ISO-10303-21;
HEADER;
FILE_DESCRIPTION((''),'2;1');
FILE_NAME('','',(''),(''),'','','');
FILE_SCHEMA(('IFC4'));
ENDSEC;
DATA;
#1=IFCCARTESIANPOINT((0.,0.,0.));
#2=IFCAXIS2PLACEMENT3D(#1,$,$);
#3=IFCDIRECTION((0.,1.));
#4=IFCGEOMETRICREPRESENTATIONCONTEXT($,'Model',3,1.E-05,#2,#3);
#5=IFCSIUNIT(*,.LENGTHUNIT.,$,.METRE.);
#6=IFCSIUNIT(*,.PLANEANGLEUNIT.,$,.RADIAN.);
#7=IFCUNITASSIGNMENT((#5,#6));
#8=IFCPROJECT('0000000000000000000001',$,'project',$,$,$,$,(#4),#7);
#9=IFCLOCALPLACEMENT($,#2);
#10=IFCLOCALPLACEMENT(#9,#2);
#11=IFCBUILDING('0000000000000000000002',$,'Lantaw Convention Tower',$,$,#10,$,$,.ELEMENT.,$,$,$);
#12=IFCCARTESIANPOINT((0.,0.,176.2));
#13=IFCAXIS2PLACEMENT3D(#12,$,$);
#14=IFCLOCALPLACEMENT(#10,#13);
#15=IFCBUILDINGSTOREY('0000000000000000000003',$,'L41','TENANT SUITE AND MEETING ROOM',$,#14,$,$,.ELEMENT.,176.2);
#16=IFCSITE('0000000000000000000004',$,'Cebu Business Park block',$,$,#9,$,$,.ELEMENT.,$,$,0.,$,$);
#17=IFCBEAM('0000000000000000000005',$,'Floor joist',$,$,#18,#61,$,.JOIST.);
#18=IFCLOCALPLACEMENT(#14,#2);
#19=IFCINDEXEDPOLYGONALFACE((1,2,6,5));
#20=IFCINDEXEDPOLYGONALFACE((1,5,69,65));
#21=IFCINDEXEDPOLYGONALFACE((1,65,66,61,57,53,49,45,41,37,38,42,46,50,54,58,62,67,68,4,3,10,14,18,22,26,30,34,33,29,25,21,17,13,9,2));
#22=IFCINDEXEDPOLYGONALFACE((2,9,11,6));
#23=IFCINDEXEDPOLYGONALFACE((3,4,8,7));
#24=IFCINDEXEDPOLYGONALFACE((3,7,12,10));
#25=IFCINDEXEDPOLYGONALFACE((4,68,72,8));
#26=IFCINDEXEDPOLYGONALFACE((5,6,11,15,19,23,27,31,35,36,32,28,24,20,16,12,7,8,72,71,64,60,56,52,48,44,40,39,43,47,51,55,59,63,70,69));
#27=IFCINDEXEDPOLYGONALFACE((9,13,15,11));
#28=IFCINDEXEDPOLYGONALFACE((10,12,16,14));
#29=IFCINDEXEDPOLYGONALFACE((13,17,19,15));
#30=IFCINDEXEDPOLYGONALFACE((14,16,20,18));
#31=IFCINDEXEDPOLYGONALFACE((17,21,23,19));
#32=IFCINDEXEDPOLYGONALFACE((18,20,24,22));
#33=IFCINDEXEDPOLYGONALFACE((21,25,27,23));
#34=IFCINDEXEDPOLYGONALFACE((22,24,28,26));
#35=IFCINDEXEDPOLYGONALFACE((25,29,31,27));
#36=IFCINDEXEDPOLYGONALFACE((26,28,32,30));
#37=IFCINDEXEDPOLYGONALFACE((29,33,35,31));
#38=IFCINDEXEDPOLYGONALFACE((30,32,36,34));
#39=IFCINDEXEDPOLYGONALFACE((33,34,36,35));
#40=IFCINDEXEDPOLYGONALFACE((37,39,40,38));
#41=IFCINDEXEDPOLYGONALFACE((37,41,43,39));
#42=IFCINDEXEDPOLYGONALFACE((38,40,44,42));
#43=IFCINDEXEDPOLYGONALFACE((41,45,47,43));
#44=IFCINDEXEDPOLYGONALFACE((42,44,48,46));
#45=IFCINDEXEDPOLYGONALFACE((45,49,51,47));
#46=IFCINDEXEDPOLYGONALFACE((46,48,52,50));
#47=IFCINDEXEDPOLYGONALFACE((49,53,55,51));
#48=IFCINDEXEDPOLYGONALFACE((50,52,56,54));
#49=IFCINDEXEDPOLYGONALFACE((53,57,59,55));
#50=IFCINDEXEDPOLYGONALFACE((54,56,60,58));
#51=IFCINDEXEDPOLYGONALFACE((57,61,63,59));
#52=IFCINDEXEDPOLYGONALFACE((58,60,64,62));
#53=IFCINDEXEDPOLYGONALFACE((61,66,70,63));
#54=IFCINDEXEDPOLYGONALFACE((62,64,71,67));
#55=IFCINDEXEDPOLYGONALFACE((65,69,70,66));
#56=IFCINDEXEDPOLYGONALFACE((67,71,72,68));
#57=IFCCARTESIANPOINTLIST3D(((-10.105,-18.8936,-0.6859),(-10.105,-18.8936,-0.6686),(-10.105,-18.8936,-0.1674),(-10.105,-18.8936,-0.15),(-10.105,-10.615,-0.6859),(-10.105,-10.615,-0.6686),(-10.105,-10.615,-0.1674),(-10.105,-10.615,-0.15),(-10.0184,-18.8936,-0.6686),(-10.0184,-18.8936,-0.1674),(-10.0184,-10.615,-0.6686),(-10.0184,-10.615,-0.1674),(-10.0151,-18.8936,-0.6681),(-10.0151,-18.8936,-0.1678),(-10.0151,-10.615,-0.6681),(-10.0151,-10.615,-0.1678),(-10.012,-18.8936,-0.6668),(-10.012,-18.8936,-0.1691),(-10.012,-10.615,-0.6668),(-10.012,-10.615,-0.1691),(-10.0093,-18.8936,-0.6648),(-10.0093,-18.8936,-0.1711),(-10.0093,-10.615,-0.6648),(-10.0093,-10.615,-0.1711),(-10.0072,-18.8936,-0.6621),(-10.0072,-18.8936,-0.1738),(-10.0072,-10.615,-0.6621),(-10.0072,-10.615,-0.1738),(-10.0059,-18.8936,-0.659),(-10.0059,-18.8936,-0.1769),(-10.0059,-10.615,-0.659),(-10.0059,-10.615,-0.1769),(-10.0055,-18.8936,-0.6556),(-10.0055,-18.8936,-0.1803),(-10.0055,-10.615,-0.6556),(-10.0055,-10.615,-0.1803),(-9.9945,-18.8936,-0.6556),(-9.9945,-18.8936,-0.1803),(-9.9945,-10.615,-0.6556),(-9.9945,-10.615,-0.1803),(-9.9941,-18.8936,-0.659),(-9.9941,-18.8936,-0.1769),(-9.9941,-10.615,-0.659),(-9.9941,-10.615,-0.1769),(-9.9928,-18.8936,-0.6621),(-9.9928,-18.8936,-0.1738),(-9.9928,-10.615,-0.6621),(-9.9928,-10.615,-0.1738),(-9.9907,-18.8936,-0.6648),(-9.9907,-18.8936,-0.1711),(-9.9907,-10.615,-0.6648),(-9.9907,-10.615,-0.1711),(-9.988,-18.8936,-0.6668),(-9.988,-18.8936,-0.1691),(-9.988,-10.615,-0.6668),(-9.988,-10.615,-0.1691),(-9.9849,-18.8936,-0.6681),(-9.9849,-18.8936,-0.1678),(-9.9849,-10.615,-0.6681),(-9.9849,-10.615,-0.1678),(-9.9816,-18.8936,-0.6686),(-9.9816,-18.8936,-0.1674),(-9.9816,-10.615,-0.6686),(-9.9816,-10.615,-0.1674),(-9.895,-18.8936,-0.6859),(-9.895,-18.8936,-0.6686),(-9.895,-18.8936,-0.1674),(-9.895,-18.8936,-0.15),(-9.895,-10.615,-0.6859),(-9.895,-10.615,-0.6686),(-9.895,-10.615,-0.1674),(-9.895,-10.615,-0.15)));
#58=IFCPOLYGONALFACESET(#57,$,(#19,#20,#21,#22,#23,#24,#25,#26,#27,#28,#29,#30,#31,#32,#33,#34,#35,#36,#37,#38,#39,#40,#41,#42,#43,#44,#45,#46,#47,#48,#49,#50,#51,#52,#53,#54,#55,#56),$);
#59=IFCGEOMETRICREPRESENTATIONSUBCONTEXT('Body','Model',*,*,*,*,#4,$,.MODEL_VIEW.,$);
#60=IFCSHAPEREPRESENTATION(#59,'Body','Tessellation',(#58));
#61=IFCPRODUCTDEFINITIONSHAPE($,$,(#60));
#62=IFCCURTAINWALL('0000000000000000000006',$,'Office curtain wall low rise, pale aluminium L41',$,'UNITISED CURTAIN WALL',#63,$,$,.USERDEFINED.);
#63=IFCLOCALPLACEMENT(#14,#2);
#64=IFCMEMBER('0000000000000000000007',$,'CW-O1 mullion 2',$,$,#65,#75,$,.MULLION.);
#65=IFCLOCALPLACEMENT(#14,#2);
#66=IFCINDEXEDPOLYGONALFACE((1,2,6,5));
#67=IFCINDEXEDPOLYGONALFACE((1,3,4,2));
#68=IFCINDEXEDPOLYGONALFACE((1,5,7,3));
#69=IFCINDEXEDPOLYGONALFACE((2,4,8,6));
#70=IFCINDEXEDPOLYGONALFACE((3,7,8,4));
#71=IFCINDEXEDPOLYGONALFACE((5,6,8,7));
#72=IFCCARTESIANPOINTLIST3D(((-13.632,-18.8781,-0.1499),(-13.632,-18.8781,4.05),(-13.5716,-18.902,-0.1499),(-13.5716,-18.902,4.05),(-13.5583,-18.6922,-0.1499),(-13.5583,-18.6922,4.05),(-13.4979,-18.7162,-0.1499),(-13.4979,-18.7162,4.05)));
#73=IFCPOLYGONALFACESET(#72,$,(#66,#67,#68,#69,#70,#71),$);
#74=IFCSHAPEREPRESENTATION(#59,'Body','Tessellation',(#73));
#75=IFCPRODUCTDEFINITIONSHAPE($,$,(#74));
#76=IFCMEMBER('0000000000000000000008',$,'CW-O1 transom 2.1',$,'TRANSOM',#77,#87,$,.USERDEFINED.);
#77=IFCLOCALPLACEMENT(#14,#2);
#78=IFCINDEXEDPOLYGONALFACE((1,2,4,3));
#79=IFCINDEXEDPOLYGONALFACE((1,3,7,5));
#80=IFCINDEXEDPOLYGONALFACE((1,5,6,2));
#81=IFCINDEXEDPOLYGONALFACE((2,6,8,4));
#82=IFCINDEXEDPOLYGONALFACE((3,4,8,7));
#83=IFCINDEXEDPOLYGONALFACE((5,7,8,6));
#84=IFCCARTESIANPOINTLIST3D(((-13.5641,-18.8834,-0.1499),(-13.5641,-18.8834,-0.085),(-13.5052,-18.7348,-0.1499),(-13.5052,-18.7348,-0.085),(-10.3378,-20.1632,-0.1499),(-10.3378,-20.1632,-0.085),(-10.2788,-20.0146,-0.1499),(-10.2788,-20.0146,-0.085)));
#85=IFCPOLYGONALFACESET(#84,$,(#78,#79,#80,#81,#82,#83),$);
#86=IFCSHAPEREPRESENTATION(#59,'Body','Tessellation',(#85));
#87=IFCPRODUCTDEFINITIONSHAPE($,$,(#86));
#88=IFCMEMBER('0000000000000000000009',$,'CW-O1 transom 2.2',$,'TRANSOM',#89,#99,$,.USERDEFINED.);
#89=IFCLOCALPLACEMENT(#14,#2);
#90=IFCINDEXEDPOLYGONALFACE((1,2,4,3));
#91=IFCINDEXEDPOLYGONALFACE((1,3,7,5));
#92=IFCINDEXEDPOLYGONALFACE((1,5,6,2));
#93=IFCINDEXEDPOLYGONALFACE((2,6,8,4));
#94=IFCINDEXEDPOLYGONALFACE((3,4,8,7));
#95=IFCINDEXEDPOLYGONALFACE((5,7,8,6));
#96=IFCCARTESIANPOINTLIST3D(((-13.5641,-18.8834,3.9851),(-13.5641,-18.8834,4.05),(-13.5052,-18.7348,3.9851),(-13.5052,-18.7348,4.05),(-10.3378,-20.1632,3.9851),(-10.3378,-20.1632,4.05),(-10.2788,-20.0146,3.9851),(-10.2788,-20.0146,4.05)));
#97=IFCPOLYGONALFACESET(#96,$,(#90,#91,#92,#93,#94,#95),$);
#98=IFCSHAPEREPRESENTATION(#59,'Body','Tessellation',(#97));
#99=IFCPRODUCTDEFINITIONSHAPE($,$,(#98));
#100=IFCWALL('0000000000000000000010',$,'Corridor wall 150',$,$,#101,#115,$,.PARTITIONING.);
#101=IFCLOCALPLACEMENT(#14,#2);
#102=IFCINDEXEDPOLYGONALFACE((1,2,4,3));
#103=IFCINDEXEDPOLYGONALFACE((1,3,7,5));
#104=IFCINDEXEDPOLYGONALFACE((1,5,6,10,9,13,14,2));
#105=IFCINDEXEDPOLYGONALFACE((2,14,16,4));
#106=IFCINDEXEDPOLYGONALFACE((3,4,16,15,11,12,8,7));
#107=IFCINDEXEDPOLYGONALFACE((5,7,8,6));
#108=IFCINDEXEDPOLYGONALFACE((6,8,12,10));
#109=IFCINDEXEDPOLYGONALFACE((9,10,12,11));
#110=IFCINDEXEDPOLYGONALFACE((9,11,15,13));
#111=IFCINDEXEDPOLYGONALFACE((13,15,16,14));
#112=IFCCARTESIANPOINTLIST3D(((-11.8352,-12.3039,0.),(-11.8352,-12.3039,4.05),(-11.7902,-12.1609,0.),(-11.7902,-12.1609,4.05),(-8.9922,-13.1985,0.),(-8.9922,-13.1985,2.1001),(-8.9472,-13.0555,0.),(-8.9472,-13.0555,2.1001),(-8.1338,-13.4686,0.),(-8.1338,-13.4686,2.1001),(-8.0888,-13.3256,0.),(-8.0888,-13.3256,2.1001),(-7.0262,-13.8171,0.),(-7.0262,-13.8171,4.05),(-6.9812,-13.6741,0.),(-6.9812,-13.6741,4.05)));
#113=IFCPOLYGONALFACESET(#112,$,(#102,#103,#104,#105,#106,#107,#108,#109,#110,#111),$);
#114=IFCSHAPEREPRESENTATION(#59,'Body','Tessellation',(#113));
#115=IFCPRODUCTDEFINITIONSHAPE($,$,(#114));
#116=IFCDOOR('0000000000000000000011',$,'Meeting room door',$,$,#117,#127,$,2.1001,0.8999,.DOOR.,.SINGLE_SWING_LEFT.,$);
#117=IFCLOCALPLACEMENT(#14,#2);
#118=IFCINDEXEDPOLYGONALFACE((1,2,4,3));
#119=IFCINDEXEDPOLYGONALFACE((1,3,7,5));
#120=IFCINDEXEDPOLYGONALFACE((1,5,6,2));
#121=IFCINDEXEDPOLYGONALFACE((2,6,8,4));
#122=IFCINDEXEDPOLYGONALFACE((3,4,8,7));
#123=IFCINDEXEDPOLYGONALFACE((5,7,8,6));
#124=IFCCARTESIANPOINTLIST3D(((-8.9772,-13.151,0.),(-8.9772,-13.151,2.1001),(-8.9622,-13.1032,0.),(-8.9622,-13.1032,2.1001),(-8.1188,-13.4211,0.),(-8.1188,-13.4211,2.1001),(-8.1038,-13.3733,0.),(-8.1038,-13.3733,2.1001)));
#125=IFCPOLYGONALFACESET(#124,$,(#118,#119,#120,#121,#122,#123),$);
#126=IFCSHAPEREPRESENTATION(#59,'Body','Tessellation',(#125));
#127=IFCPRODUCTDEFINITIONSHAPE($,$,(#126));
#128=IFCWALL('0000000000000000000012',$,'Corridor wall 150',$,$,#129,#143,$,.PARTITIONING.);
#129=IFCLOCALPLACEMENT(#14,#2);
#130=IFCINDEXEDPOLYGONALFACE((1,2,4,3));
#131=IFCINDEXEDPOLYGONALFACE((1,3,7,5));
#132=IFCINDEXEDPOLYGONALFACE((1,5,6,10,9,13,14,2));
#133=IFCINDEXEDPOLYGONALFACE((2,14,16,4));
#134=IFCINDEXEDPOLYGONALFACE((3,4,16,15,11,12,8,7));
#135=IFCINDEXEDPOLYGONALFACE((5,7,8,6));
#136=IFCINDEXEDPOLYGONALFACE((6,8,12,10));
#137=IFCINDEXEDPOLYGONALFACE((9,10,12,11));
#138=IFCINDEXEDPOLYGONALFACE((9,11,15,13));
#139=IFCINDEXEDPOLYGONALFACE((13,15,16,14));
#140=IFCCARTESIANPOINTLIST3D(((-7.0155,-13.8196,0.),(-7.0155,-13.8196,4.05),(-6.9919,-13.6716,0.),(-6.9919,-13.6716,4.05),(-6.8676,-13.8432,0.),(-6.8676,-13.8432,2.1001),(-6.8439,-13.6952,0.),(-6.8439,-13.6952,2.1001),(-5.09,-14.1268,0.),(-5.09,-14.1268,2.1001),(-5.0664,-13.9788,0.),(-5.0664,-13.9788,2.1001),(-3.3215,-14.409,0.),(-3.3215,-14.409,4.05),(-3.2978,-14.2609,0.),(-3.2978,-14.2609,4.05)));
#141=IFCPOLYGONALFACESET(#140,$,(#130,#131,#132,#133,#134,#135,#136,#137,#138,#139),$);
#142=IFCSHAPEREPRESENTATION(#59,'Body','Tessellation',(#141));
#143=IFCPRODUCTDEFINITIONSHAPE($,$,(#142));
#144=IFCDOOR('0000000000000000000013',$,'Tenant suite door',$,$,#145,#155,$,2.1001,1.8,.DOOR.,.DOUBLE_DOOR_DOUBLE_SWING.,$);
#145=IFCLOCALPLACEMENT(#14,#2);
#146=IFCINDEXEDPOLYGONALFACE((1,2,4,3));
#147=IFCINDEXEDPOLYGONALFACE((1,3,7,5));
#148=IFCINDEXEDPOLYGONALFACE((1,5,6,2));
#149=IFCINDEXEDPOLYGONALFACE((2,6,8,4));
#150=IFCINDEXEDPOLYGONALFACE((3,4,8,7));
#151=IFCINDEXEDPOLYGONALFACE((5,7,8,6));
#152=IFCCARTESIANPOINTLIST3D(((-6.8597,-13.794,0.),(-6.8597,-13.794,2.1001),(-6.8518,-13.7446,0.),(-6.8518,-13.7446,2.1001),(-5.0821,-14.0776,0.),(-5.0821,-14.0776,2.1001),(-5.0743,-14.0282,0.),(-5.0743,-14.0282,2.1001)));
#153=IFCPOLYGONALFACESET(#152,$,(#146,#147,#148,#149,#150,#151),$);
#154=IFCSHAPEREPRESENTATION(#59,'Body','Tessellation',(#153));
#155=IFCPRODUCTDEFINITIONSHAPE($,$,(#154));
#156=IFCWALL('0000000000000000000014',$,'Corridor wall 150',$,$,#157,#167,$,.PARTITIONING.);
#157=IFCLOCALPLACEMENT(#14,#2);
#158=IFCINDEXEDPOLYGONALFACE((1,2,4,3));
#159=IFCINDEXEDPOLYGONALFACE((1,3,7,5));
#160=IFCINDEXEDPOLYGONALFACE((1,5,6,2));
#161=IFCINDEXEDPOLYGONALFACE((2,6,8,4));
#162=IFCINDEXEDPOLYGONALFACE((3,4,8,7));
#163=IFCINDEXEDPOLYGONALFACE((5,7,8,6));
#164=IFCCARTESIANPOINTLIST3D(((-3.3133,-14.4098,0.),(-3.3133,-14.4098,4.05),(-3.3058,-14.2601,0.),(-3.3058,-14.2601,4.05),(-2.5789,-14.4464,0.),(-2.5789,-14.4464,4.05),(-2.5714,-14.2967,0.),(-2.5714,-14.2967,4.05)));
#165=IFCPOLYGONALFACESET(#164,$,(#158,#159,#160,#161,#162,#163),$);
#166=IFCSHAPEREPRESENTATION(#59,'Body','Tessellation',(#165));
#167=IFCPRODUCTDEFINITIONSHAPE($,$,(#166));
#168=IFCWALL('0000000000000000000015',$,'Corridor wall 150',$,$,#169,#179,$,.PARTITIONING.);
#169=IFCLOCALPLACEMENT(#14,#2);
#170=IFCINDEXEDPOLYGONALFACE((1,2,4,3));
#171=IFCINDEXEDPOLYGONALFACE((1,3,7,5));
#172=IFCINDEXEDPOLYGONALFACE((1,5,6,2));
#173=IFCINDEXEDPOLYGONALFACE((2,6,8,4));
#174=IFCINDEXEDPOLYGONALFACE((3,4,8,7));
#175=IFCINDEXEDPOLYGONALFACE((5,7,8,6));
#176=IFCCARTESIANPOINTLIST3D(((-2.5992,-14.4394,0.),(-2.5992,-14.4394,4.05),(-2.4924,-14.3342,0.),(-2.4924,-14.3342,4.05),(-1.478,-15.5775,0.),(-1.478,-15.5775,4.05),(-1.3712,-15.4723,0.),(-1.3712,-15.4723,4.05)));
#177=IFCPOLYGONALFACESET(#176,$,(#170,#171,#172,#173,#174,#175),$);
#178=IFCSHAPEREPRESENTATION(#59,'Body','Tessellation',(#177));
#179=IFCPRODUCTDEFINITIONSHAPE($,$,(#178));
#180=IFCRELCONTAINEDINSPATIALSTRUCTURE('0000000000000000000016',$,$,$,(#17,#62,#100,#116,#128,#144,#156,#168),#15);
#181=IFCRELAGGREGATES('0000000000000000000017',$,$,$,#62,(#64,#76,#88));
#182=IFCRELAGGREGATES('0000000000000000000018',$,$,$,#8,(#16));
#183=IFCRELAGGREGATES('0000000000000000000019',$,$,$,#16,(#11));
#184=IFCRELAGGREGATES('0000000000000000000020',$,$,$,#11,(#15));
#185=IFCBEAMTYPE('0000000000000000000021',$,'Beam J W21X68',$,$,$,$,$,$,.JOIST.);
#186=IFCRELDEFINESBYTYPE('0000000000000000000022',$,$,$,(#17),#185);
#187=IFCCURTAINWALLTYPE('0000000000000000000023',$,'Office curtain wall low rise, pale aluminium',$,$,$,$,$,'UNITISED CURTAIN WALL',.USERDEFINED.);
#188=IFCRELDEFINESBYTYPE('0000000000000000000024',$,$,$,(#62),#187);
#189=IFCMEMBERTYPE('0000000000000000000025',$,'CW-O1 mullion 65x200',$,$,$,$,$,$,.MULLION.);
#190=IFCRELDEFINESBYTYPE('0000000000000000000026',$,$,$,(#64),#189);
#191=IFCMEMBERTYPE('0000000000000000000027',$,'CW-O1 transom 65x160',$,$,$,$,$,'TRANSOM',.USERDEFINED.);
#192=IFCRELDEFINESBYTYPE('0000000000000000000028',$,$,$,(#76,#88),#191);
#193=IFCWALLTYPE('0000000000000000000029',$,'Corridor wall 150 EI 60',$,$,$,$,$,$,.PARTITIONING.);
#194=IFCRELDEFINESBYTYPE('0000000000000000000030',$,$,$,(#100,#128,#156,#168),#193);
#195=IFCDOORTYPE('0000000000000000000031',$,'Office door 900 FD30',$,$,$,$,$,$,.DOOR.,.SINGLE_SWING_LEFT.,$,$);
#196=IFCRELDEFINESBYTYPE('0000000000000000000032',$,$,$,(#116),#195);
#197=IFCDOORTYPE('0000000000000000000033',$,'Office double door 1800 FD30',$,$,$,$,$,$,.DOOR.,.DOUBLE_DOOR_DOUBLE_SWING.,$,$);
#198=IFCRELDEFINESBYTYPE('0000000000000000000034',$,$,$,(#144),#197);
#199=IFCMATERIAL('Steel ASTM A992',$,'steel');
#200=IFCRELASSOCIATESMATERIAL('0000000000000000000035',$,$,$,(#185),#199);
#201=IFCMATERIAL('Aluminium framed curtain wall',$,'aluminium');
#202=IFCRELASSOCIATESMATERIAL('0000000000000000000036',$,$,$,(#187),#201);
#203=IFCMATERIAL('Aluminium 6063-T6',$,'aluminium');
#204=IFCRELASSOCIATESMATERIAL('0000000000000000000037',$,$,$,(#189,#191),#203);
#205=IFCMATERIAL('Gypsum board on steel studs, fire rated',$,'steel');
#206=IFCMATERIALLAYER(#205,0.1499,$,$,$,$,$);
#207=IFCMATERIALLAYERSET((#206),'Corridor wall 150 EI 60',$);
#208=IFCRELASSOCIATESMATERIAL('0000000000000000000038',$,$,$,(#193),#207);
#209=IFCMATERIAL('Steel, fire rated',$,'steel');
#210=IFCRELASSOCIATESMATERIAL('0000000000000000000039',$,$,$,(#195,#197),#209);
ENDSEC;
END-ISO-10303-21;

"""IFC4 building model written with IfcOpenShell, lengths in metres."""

from ifc_helpers import new_model, si_unit, direction, frame, frame_2d, origin, origin_2d, place, context, subcontext, project, spatial, rectangle, i_section, extrude, material, layer, layer_set, material_profile, profile_set, type_object, element, fill, aggregate, save


model = new_model("IFC4")

# Units and contexts
model_context = context("Model", 3, precision=1e-05, world=origin(), true_north=direction((0.0, 1.0)))
body_context = subcontext(model_context, "Body", "Model", "MODEL_VIEW")
ifc_project = project(units=[si_unit("LENGTHUNIT", "METRE"), si_unit("PLANEANGLEUNIT", "RADIAN")], contexts=[model_context])

# Site, building, storey
site_placement = place(None, origin())
site = spatial("IfcSite", under=ifc_project, at=site_placement, Name="Cebu Business Park block", CompositionType="ELEMENT", RefElevation=0.0)
building_placement = place(site_placement, origin())
building = spatial("IfcBuilding", under=site, at=building_placement, Name="Lantaw Convention Tower", CompositionType="ELEMENT")
storey_placement = place(building_placement, frame((0.0, 0.0, 176.2)))
storey = spatial("IfcBuildingStorey", under=building, at=storey_placement, Name="L41", Description="TENANT SUITE AND MEETING ROOM", CompositionType="ELEMENT", Elevation=176.2)

# Beam
ifc_material_1 = material(Name="Steel ASTM A992", Category="steel")
ifc_material_profile_1 = material_profile(ifc_material_1, i_section(OverallWidth=0.21, OverallDepth=0.5359, WebThickness=0.011, FlangeThickness=0.0173, FilletRadius=0.0129, at=origin_2d()), Name="W21X68")
ifc_profile_set_1 = profile_set([ifc_material_profile_1], Name="Steel ASTM A992")
beam_type_1 = type_object("IfcBeamType", Name="Beam J W21X68", PredefinedType="JOIST", material=ifc_profile_set_1)
beam_1_placement = place(storey_placement, frame((-10.0, -18.8936, -0.418), z_axis=(0.0, 1.0, 0.0), x_axis=(-1.0, 0.0, 0.0)))
element("IfcBeam", 1, at=beam_1_placement, inside=storey, type_object=beam_type_1, Name="Floor joist", PredefinedType="JOIST", context=body_context, shape_type="SweptSolid", body=[
    extrude(i_section(OverallWidth=0.21, OverallDepth=0.5359, WebThickness=0.011, FlangeThickness=0.0173, FilletRadius=0.0129, at=origin_2d()), origin(), (0.0, 0.0, 1.0), 8.2786),
])

# Curtain wall, members
ifc_material_2 = material(Name="Aluminium framed curtain wall", Category="aluminium")
curtain_wall_type = type_object("IfcCurtainWallType", Name="Office curtain wall low rise, pale aluminium", ElementType="UNITISED CURTAIN WALL", PredefinedType="USERDEFINED", material=ifc_material_2)
curtain_wall_placement = place(storey_placement, origin())
curtain_wall = element("IfcCurtainWall", 2, at=curtain_wall_placement, inside=storey, type_object=curtain_wall_type, Name="Office curtain wall low rise, pale aluminium L41", ObjectType="UNITISED CURTAIN WALL", PredefinedType="USERDEFINED")
ifc_material_3 = material(Name="Aluminium 6063-T6", Category="aluminium")
ifc_material_profile_2 = material_profile(ifc_material_3, rectangle(XDim=0.2, YDim=0.0649, at=origin_2d()), Name="CW-O1 mullion 65x200")
ifc_profile_set_2 = profile_set([ifc_material_profile_2], Name="Aluminium 6063-T6")
member_type_1 = type_object("IfcMemberType", Name="CW-O1 mullion 65x200", PredefinedType="MULLION", material=ifc_profile_set_2)
member_1_placement = place(storey_placement, frame((-13.5649, -18.7971, -0.1499), z_axis=(0.0, 0.0, 1.0), x_axis=(0.368702, 0.929548, 0.0)))
member_1 = element("IfcMember", 3, at=member_1_placement, type_object=member_type_1, Name="CW-O1 mullion 2", PredefinedType="MULLION", context=body_context, shape_type="SweptSolid", body=[
    extrude(rectangle(XDim=0.2, YDim=0.0649, at=origin_2d()), origin(), (0.0, 0.0, 1.0), 4.2),
])
ifc_material_profile_3 = material_profile(ifc_material_3, rectangle(XDim=0.1599, YDim=0.0649, at=origin_2d()), Name="CW-O1 transom 65x160")
ifc_profile_set_3 = profile_set([ifc_material_profile_3], Name="Aluminium 6063-T6")
member_type_2 = type_object("IfcMemberType", Name="CW-O1 transom 65x160", ElementType="TRANSOM", PredefinedType="USERDEFINED", material=ifc_profile_set_3)
member_2_placement = place(storey_placement, frame((-13.5347, -18.8091, -0.1174), z_axis=(0.92954, -0.368721, 0.0), x_axis=(0.368721, 0.92954, 0.0)))
member_2 = element("IfcMember", 4, at=member_2_placement, type_object=member_type_2, Name="CW-O1 transom 2.1", ObjectType="TRANSOM", PredefinedType="USERDEFINED", context=body_context, shape_type="SweptSolid", body=[
    extrude(rectangle(XDim=0.1599, YDim=0.0649, at=origin_2d()), origin(), (0.0, 0.0, 1.0), 3.4709),
])
member_3_placement = place(storey_placement, frame((-13.5347, -18.8091, 4.0176), z_axis=(0.92954, -0.368721, 0.0), x_axis=(0.368721, 0.92954, 0.0)))
member_3 = element("IfcMember", 5, at=member_3_placement, type_object=member_type_2, Name="CW-O1 transom 2.2", ObjectType="TRANSOM", PredefinedType="USERDEFINED", context=body_context, shape_type="SweptSolid", body=[
    extrude(rectangle(XDim=0.1599, YDim=0.0649, at=origin_2d()), origin(), (0.0, 0.0, 1.0), 3.4709),
])
aggregate(curtain_wall, [member_1, member_2, member_3])

# Walls, openings, doors
ifc_material_4 = material(Name="Gypsum board on steel studs, fire rated", Category="steel")
ifc_layer_1 = layer(ifc_material_4, 0.1499)
ifc_layer_set_1 = layer_set([ifc_layer_1], Name="Corridor wall 150 EI 60")
wall_type_1 = type_object("IfcWallType", Name="Corridor wall 150 EI 60", PredefinedType="PARTITIONING", material=ifc_layer_set_1)
wall_1_placement = place(storey_placement, frame((-11.8127, -12.2324, 0.0), z_axis=(0.0, 0.0, 1.0), x_axis=(0.953894, -0.300144, 0.0)))
wall_1 = element("IfcWall", 6, at=wall_1_placement, inside=storey, type_object=wall_type_1, Name="Corridor wall 150", PredefinedType="PARTITIONING", context=body_context, shape_type="SweptSolid", body=[
    extrude(rectangle(XDim=5.0415, YDim=0.1499, at=frame_2d((2.5208, 0.0))), origin(), (0.0, 0.0, 1.0), 4.05),
])
opening_1_placement = place(wall_1_placement, frame((2.9805, 0.0, 0.0)))
opening_1 = element("IfcOpeningElement", 7, at=opening_1_placement, cuts=wall_1, PredefinedType="OPENING", context=body_context, shape_type="SweptSolid", body=[
    extrude(rectangle(XDim=0.8999, YDim=2.1001, at=frame_2d((0.45, 1.05))), frame((0.0, 0.085, 0.0), z_axis=(0.0, -1.0, 0.0), x_axis=(1.0, 0.0, 0.0)), (0.0, 0.0, 1.0), 0.1699),
])
ifc_material_5 = material(Name="Steel, fire rated", Category="steel")
door_type_1 = type_object("IfcDoorType", Name="Office door 900 FD30", OperationType="SINGLE_SWING_LEFT", PredefinedType="DOOR", material=ifc_material_5)
door_1_placement = place(opening_1_placement, origin())
door_1 = element("IfcDoor", 8, at=door_1_placement, inside=storey, type_object=door_type_1, Name="Meeting room door", OperationType="SINGLE_SWING_LEFT", OverallHeight=2.1001, OverallWidth=0.8999, PredefinedType="DOOR", context=body_context, shape_type="SweptSolid", body=[
    extrude(rectangle(XDim=0.8999, YDim=2.1001, at=frame_2d((0.45, 1.05))), frame((0.0, 0.0249, 0.0), z_axis=(0.0, -1.0, 0.0), x_axis=(1.0, 0.0, 0.0)), (0.0, 0.0, 1.0), 0.05),
])
fill(opening_1, door_1)
wall_2_placement = place(storey_placement, frame((-7.0037, -13.7456, 0.0), z_axis=(0.0, 0.0, 1.0), x_axis=(0.987511, -0.157548, 0.0)))
wall_2 = element("IfcWall", 9, at=wall_2_placement, inside=storey, type_object=wall_type_1, Name="Corridor wall 150", PredefinedType="PARTITIONING", context=body_context, shape_type="SweptSolid", body=[
    extrude(rectangle(XDim=3.7407, YDim=0.1499, at=frame_2d((1.8704, 0.0))), origin(), (0.0, 0.0, 1.0), 4.05),
])
opening_2_placement = place(wall_2_placement, frame((0.1499, 0.0, 0.0)))
opening_2 = element("IfcOpeningElement", 10, at=opening_2_placement, cuts=wall_2, PredefinedType="OPENING", context=body_context, shape_type="SweptSolid", body=[
    extrude(rectangle(XDim=1.8, YDim=2.1001, at=frame_2d((0.8999, 1.05))), frame((0.0, 0.085, 0.0), z_axis=(0.0, -1.0, 0.0), x_axis=(1.0, 0.0, 0.0)), (0.0, 0.0, 1.0), 0.1699),
])
door_type_2 = type_object("IfcDoorType", Name="Office double door 1800 FD30", OperationType="DOUBLE_DOOR_DOUBLE_SWING", PredefinedType="DOOR", material=ifc_material_5)
door_2_placement = place(opening_2_placement, origin())
door_2 = element("IfcDoor", 11, at=door_2_placement, inside=storey, type_object=door_type_2, Name="Tenant suite door", OperationType="DOUBLE_DOOR_DOUBLE_SWING", OverallHeight=2.1001, OverallWidth=1.8, PredefinedType="DOOR", context=body_context, shape_type="SweptSolid", body=[
    extrude(rectangle(XDim=1.8, YDim=2.1001, at=frame_2d((0.8999, 1.05))), frame((0.0, 0.0249, 0.0), z_axis=(0.0, -1.0, 0.0), x_axis=(1.0, 0.0, 0.0)), (0.0, 0.0, 1.0), 0.05),
])
fill(opening_2, door_2)

# Walls
wall_3_placement = place(storey_placement, frame((-3.3096, -14.335, 0.0), z_axis=(0.0, 0.0, 1.0), x_axis=(0.998759, -0.049805, 0.0)))
element("IfcWall", 12, at=wall_3_placement, inside=storey, type_object=wall_type_1, Name="Corridor wall 150", PredefinedType="PARTITIONING", context=body_context, shape_type="SweptSolid", body=[
    extrude(rectangle(XDim=0.7354, YDim=0.1499, at=frame_2d((0.3677, 0.0))), origin(), (0.0, 0.0, 1.0), 4.05),
])
wall_4_placement = place(storey_placement, frame((-1.4246, -15.5249, 0.0), z_axis=(0.0, 0.0, 1.0), x_axis=(-0.701815, 0.712359, 0.0)))
element("IfcWall", 13, at=wall_4_placement, inside=storey, type_object=wall_type_1, Name="Corridor wall 150", PredefinedType="PARTITIONING", context=body_context, shape_type="SweptSolid", body=[
    extrude(rectangle(XDim=1.5977, YDim=0.1499, at=frame_2d((0.7988, 0.0))), origin(), (0.0, 0.0, 1.0), 4.05),
])

save(model, "model.ifc")
